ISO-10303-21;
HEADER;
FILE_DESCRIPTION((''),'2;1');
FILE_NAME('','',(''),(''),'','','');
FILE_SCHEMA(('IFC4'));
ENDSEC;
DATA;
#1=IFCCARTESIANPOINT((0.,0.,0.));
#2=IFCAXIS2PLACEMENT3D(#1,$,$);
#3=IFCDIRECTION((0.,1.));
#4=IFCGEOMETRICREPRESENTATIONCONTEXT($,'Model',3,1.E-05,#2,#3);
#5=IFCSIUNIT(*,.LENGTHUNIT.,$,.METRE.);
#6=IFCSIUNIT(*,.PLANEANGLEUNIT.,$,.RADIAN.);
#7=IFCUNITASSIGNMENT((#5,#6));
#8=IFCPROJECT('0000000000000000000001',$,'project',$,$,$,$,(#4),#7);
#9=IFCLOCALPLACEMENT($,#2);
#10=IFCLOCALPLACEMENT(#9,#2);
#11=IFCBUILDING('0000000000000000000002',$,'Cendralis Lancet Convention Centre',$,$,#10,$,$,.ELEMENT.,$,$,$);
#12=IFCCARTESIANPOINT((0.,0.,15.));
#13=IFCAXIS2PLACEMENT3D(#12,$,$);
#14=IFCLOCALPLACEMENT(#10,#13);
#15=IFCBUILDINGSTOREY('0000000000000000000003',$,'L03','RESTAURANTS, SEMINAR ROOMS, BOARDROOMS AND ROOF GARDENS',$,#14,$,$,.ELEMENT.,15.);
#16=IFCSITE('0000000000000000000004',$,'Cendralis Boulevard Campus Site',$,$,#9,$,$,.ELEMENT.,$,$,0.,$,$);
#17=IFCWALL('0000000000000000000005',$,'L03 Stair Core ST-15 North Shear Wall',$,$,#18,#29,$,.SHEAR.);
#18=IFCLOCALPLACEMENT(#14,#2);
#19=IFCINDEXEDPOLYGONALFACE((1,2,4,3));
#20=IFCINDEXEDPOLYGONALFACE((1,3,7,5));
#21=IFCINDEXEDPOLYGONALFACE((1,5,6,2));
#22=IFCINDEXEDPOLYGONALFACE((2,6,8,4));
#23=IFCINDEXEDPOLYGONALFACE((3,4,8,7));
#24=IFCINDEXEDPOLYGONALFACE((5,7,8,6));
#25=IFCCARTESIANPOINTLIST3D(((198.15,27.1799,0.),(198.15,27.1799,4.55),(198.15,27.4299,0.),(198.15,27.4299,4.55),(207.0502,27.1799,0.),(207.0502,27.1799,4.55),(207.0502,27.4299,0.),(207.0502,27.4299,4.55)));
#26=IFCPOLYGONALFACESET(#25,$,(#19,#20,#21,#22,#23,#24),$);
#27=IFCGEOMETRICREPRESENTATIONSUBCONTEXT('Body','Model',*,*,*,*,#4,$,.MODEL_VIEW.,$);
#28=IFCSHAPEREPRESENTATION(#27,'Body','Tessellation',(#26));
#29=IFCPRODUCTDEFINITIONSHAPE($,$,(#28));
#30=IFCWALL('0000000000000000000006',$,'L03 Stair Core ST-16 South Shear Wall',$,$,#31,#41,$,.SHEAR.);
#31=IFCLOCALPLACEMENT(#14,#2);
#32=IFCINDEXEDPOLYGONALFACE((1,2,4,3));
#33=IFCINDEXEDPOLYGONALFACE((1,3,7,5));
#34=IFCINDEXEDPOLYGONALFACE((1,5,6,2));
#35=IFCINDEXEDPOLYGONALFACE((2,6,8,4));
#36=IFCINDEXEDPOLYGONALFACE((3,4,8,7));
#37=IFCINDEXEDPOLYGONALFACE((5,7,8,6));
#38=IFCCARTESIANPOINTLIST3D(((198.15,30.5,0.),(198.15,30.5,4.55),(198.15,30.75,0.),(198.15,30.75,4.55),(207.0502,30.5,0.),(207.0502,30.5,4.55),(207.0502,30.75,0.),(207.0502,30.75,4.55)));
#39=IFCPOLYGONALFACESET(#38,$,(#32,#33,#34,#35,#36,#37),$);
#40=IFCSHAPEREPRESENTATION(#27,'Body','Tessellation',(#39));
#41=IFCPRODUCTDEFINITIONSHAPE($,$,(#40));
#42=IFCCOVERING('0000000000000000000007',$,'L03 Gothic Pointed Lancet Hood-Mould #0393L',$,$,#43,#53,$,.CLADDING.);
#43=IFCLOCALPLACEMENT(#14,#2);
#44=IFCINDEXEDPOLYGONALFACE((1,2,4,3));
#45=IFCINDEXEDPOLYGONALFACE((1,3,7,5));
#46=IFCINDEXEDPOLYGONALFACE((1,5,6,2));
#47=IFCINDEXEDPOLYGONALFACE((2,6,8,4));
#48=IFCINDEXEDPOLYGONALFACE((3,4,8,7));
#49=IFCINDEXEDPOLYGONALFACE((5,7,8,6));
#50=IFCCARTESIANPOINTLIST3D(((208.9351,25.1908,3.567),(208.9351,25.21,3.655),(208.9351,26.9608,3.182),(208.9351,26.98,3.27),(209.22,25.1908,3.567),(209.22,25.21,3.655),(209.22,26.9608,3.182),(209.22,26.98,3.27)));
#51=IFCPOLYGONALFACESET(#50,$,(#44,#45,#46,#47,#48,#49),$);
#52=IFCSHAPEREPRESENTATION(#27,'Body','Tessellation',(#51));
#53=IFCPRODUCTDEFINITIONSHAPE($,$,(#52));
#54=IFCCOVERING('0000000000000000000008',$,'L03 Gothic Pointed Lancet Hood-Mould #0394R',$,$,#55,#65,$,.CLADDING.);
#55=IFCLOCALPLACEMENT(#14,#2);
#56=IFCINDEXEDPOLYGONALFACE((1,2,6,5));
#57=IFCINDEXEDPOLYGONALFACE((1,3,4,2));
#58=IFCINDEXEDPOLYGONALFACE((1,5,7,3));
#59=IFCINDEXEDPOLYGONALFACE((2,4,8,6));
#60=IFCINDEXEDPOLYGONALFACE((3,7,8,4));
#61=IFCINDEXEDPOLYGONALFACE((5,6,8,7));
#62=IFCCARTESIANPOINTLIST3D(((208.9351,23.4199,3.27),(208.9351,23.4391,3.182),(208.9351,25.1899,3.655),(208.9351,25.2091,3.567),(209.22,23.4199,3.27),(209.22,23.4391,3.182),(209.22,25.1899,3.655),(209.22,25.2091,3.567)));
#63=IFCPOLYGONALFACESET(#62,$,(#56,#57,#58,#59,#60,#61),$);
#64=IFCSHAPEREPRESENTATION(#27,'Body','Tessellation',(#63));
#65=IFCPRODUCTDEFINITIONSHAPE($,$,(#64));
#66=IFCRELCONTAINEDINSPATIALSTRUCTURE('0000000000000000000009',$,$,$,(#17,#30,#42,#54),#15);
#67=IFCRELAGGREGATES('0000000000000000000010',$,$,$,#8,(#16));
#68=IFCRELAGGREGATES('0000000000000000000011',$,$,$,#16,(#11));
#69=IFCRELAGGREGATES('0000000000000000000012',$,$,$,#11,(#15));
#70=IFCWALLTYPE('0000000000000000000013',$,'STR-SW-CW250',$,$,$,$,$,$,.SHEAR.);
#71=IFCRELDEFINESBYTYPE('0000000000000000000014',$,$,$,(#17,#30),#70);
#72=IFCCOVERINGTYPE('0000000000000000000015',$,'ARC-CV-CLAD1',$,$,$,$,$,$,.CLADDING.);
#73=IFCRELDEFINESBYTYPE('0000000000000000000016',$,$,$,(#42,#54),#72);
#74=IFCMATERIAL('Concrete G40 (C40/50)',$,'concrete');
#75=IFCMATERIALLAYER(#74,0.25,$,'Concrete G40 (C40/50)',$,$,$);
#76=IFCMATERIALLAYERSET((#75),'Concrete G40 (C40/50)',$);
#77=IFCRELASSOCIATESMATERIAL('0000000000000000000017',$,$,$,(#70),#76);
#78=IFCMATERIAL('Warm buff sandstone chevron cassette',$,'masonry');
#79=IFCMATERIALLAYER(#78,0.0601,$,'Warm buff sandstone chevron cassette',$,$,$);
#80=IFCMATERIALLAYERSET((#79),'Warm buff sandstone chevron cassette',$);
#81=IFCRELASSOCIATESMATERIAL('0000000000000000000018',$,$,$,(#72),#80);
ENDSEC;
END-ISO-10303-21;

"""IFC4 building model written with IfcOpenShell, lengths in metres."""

from ifc_helpers import new_model, si_unit, direction, frame, frame_2d, origin, place, context, subcontext, project, spatial, polyline, rectangle, outline, extrude, material, layer, layer_set, type_object, element, save


model = new_model("IFC4")

# Units and contexts
model_context = context("Model", 3, precision=1e-05, world=origin(), true_north=direction((0.0, 1.0)))
body_context = subcontext(model_context, "Body", "Model", "MODEL_VIEW")
ifc_project = project(units=[si_unit("LENGTHUNIT", "METRE"), si_unit("PLANEANGLEUNIT", "RADIAN")], contexts=[model_context])

# Site, building, storey
site_placement = place(None, origin())
site = spatial("IfcSite", under=ifc_project, at=site_placement, Name="Cendralis Boulevard Campus Site", CompositionType="ELEMENT", RefElevation=0.0)
building_placement = place(site_placement, origin())
building = spatial("IfcBuilding", under=site, at=building_placement, Name="Cendralis Lancet Convention Centre", CompositionType="ELEMENT")
storey_placement = place(building_placement, frame((0.0, 0.0, 15.0)))
storey = spatial("IfcBuildingStorey", under=building, at=storey_placement, Name="L03", Description="RESTAURANTS, SEMINAR ROOMS, BOARDROOMS AND ROOF GARDENS", CompositionType="ELEMENT", Elevation=15.0)

# Shared definitions
ifc_material_1 = material(Name="Concrete G40 (C40/50)", Category="concrete")

# Shared definitions
ifc_layer_1 = layer(ifc_material_1, 0.25, Name="Concrete G40 (C40/50)")
ifc_layer_set_1 = layer_set([ifc_layer_1], Name="Concrete G40 (C40/50)")
wall_type_1 = type_object("IfcWallType", Name="STR-SW-CW250", PredefinedType="SHEAR", material=ifc_layer_set_1)

# Walls
for number, where, z_axis, x_axis, name in (
    (1, (198.1499, 27.3049, 0.0), (0.0, 0.0, 1.0), (1.0, 0.0, 0.0), "L03 Stair Core ST-15 North Shear Wall"),
    (2, (198.1499, 30.625, 0.0), (0.0, 0.0, 1.0), (1.0, 0.0, 0.0), "L03 Stair Core ST-16 South Shear Wall"),
):
    element("IfcWall", number, at=place(storey_placement, frame(where, z_axis=z_axis, x_axis=x_axis)), inside=storey, type_object=wall_type_1, Name=name, PredefinedType="SHEAR", context=body_context, shape_type="SweptSolid", body=[
        extrude(rectangle(XDim=8.9001, YDim=0.25, at=frame_2d((4.4502, 0.0))), origin(), (0.0, 0.0, 1.0), 4.55),
    ])

# Coverings
ifc_material_2 = material(Name="Warm buff sandstone chevron cassette", Category="masonry")
ifc_layer_2 = layer(ifc_material_2, 0.0601, Name="Warm buff sandstone chevron cassette")
ifc_layer_set_2 = layer_set([ifc_layer_2], Name="Warm buff sandstone chevron cassette")
covering_type = type_object("IfcCoveringType", Name="ARC-CV-CLAD1", PredefinedType="CLADDING", material=ifc_layer_set_2)
for number, where, z_axis, x_axis, name in (
    (3, (209.22, 26.98, 3.27), (0.0, 0.212547, 0.977151), (-1.0, 0.0, 0.0), "L03 Gothic Pointed Lancet Hood-Mould #0393L"),
    (4, (209.22, 25.1899, 3.655), (0.0, -0.212547, 0.977151), (-1.0, 0.0, 0.0), "L03 Gothic Pointed Lancet Hood-Mould #0394R"),
):
    element("IfcCovering", number, at=place(storey_placement, frame(where, z_axis=z_axis, x_axis=x_axis)), inside=storey, type_object=covering_type, Name=name, PredefinedType="CLADDING", context=body_context, shape_type="SweptSolid", body=[
        extrude(outline(polyline([(0.0, 0.0), (0.2849, 0.0), (0.2849, 1.8114), (0.0, 1.8114), (0.0, 0.0)])), origin(), (0.0, 0.0, -1.0), 0.0901),
    ])

save(model, "model.ifc")
